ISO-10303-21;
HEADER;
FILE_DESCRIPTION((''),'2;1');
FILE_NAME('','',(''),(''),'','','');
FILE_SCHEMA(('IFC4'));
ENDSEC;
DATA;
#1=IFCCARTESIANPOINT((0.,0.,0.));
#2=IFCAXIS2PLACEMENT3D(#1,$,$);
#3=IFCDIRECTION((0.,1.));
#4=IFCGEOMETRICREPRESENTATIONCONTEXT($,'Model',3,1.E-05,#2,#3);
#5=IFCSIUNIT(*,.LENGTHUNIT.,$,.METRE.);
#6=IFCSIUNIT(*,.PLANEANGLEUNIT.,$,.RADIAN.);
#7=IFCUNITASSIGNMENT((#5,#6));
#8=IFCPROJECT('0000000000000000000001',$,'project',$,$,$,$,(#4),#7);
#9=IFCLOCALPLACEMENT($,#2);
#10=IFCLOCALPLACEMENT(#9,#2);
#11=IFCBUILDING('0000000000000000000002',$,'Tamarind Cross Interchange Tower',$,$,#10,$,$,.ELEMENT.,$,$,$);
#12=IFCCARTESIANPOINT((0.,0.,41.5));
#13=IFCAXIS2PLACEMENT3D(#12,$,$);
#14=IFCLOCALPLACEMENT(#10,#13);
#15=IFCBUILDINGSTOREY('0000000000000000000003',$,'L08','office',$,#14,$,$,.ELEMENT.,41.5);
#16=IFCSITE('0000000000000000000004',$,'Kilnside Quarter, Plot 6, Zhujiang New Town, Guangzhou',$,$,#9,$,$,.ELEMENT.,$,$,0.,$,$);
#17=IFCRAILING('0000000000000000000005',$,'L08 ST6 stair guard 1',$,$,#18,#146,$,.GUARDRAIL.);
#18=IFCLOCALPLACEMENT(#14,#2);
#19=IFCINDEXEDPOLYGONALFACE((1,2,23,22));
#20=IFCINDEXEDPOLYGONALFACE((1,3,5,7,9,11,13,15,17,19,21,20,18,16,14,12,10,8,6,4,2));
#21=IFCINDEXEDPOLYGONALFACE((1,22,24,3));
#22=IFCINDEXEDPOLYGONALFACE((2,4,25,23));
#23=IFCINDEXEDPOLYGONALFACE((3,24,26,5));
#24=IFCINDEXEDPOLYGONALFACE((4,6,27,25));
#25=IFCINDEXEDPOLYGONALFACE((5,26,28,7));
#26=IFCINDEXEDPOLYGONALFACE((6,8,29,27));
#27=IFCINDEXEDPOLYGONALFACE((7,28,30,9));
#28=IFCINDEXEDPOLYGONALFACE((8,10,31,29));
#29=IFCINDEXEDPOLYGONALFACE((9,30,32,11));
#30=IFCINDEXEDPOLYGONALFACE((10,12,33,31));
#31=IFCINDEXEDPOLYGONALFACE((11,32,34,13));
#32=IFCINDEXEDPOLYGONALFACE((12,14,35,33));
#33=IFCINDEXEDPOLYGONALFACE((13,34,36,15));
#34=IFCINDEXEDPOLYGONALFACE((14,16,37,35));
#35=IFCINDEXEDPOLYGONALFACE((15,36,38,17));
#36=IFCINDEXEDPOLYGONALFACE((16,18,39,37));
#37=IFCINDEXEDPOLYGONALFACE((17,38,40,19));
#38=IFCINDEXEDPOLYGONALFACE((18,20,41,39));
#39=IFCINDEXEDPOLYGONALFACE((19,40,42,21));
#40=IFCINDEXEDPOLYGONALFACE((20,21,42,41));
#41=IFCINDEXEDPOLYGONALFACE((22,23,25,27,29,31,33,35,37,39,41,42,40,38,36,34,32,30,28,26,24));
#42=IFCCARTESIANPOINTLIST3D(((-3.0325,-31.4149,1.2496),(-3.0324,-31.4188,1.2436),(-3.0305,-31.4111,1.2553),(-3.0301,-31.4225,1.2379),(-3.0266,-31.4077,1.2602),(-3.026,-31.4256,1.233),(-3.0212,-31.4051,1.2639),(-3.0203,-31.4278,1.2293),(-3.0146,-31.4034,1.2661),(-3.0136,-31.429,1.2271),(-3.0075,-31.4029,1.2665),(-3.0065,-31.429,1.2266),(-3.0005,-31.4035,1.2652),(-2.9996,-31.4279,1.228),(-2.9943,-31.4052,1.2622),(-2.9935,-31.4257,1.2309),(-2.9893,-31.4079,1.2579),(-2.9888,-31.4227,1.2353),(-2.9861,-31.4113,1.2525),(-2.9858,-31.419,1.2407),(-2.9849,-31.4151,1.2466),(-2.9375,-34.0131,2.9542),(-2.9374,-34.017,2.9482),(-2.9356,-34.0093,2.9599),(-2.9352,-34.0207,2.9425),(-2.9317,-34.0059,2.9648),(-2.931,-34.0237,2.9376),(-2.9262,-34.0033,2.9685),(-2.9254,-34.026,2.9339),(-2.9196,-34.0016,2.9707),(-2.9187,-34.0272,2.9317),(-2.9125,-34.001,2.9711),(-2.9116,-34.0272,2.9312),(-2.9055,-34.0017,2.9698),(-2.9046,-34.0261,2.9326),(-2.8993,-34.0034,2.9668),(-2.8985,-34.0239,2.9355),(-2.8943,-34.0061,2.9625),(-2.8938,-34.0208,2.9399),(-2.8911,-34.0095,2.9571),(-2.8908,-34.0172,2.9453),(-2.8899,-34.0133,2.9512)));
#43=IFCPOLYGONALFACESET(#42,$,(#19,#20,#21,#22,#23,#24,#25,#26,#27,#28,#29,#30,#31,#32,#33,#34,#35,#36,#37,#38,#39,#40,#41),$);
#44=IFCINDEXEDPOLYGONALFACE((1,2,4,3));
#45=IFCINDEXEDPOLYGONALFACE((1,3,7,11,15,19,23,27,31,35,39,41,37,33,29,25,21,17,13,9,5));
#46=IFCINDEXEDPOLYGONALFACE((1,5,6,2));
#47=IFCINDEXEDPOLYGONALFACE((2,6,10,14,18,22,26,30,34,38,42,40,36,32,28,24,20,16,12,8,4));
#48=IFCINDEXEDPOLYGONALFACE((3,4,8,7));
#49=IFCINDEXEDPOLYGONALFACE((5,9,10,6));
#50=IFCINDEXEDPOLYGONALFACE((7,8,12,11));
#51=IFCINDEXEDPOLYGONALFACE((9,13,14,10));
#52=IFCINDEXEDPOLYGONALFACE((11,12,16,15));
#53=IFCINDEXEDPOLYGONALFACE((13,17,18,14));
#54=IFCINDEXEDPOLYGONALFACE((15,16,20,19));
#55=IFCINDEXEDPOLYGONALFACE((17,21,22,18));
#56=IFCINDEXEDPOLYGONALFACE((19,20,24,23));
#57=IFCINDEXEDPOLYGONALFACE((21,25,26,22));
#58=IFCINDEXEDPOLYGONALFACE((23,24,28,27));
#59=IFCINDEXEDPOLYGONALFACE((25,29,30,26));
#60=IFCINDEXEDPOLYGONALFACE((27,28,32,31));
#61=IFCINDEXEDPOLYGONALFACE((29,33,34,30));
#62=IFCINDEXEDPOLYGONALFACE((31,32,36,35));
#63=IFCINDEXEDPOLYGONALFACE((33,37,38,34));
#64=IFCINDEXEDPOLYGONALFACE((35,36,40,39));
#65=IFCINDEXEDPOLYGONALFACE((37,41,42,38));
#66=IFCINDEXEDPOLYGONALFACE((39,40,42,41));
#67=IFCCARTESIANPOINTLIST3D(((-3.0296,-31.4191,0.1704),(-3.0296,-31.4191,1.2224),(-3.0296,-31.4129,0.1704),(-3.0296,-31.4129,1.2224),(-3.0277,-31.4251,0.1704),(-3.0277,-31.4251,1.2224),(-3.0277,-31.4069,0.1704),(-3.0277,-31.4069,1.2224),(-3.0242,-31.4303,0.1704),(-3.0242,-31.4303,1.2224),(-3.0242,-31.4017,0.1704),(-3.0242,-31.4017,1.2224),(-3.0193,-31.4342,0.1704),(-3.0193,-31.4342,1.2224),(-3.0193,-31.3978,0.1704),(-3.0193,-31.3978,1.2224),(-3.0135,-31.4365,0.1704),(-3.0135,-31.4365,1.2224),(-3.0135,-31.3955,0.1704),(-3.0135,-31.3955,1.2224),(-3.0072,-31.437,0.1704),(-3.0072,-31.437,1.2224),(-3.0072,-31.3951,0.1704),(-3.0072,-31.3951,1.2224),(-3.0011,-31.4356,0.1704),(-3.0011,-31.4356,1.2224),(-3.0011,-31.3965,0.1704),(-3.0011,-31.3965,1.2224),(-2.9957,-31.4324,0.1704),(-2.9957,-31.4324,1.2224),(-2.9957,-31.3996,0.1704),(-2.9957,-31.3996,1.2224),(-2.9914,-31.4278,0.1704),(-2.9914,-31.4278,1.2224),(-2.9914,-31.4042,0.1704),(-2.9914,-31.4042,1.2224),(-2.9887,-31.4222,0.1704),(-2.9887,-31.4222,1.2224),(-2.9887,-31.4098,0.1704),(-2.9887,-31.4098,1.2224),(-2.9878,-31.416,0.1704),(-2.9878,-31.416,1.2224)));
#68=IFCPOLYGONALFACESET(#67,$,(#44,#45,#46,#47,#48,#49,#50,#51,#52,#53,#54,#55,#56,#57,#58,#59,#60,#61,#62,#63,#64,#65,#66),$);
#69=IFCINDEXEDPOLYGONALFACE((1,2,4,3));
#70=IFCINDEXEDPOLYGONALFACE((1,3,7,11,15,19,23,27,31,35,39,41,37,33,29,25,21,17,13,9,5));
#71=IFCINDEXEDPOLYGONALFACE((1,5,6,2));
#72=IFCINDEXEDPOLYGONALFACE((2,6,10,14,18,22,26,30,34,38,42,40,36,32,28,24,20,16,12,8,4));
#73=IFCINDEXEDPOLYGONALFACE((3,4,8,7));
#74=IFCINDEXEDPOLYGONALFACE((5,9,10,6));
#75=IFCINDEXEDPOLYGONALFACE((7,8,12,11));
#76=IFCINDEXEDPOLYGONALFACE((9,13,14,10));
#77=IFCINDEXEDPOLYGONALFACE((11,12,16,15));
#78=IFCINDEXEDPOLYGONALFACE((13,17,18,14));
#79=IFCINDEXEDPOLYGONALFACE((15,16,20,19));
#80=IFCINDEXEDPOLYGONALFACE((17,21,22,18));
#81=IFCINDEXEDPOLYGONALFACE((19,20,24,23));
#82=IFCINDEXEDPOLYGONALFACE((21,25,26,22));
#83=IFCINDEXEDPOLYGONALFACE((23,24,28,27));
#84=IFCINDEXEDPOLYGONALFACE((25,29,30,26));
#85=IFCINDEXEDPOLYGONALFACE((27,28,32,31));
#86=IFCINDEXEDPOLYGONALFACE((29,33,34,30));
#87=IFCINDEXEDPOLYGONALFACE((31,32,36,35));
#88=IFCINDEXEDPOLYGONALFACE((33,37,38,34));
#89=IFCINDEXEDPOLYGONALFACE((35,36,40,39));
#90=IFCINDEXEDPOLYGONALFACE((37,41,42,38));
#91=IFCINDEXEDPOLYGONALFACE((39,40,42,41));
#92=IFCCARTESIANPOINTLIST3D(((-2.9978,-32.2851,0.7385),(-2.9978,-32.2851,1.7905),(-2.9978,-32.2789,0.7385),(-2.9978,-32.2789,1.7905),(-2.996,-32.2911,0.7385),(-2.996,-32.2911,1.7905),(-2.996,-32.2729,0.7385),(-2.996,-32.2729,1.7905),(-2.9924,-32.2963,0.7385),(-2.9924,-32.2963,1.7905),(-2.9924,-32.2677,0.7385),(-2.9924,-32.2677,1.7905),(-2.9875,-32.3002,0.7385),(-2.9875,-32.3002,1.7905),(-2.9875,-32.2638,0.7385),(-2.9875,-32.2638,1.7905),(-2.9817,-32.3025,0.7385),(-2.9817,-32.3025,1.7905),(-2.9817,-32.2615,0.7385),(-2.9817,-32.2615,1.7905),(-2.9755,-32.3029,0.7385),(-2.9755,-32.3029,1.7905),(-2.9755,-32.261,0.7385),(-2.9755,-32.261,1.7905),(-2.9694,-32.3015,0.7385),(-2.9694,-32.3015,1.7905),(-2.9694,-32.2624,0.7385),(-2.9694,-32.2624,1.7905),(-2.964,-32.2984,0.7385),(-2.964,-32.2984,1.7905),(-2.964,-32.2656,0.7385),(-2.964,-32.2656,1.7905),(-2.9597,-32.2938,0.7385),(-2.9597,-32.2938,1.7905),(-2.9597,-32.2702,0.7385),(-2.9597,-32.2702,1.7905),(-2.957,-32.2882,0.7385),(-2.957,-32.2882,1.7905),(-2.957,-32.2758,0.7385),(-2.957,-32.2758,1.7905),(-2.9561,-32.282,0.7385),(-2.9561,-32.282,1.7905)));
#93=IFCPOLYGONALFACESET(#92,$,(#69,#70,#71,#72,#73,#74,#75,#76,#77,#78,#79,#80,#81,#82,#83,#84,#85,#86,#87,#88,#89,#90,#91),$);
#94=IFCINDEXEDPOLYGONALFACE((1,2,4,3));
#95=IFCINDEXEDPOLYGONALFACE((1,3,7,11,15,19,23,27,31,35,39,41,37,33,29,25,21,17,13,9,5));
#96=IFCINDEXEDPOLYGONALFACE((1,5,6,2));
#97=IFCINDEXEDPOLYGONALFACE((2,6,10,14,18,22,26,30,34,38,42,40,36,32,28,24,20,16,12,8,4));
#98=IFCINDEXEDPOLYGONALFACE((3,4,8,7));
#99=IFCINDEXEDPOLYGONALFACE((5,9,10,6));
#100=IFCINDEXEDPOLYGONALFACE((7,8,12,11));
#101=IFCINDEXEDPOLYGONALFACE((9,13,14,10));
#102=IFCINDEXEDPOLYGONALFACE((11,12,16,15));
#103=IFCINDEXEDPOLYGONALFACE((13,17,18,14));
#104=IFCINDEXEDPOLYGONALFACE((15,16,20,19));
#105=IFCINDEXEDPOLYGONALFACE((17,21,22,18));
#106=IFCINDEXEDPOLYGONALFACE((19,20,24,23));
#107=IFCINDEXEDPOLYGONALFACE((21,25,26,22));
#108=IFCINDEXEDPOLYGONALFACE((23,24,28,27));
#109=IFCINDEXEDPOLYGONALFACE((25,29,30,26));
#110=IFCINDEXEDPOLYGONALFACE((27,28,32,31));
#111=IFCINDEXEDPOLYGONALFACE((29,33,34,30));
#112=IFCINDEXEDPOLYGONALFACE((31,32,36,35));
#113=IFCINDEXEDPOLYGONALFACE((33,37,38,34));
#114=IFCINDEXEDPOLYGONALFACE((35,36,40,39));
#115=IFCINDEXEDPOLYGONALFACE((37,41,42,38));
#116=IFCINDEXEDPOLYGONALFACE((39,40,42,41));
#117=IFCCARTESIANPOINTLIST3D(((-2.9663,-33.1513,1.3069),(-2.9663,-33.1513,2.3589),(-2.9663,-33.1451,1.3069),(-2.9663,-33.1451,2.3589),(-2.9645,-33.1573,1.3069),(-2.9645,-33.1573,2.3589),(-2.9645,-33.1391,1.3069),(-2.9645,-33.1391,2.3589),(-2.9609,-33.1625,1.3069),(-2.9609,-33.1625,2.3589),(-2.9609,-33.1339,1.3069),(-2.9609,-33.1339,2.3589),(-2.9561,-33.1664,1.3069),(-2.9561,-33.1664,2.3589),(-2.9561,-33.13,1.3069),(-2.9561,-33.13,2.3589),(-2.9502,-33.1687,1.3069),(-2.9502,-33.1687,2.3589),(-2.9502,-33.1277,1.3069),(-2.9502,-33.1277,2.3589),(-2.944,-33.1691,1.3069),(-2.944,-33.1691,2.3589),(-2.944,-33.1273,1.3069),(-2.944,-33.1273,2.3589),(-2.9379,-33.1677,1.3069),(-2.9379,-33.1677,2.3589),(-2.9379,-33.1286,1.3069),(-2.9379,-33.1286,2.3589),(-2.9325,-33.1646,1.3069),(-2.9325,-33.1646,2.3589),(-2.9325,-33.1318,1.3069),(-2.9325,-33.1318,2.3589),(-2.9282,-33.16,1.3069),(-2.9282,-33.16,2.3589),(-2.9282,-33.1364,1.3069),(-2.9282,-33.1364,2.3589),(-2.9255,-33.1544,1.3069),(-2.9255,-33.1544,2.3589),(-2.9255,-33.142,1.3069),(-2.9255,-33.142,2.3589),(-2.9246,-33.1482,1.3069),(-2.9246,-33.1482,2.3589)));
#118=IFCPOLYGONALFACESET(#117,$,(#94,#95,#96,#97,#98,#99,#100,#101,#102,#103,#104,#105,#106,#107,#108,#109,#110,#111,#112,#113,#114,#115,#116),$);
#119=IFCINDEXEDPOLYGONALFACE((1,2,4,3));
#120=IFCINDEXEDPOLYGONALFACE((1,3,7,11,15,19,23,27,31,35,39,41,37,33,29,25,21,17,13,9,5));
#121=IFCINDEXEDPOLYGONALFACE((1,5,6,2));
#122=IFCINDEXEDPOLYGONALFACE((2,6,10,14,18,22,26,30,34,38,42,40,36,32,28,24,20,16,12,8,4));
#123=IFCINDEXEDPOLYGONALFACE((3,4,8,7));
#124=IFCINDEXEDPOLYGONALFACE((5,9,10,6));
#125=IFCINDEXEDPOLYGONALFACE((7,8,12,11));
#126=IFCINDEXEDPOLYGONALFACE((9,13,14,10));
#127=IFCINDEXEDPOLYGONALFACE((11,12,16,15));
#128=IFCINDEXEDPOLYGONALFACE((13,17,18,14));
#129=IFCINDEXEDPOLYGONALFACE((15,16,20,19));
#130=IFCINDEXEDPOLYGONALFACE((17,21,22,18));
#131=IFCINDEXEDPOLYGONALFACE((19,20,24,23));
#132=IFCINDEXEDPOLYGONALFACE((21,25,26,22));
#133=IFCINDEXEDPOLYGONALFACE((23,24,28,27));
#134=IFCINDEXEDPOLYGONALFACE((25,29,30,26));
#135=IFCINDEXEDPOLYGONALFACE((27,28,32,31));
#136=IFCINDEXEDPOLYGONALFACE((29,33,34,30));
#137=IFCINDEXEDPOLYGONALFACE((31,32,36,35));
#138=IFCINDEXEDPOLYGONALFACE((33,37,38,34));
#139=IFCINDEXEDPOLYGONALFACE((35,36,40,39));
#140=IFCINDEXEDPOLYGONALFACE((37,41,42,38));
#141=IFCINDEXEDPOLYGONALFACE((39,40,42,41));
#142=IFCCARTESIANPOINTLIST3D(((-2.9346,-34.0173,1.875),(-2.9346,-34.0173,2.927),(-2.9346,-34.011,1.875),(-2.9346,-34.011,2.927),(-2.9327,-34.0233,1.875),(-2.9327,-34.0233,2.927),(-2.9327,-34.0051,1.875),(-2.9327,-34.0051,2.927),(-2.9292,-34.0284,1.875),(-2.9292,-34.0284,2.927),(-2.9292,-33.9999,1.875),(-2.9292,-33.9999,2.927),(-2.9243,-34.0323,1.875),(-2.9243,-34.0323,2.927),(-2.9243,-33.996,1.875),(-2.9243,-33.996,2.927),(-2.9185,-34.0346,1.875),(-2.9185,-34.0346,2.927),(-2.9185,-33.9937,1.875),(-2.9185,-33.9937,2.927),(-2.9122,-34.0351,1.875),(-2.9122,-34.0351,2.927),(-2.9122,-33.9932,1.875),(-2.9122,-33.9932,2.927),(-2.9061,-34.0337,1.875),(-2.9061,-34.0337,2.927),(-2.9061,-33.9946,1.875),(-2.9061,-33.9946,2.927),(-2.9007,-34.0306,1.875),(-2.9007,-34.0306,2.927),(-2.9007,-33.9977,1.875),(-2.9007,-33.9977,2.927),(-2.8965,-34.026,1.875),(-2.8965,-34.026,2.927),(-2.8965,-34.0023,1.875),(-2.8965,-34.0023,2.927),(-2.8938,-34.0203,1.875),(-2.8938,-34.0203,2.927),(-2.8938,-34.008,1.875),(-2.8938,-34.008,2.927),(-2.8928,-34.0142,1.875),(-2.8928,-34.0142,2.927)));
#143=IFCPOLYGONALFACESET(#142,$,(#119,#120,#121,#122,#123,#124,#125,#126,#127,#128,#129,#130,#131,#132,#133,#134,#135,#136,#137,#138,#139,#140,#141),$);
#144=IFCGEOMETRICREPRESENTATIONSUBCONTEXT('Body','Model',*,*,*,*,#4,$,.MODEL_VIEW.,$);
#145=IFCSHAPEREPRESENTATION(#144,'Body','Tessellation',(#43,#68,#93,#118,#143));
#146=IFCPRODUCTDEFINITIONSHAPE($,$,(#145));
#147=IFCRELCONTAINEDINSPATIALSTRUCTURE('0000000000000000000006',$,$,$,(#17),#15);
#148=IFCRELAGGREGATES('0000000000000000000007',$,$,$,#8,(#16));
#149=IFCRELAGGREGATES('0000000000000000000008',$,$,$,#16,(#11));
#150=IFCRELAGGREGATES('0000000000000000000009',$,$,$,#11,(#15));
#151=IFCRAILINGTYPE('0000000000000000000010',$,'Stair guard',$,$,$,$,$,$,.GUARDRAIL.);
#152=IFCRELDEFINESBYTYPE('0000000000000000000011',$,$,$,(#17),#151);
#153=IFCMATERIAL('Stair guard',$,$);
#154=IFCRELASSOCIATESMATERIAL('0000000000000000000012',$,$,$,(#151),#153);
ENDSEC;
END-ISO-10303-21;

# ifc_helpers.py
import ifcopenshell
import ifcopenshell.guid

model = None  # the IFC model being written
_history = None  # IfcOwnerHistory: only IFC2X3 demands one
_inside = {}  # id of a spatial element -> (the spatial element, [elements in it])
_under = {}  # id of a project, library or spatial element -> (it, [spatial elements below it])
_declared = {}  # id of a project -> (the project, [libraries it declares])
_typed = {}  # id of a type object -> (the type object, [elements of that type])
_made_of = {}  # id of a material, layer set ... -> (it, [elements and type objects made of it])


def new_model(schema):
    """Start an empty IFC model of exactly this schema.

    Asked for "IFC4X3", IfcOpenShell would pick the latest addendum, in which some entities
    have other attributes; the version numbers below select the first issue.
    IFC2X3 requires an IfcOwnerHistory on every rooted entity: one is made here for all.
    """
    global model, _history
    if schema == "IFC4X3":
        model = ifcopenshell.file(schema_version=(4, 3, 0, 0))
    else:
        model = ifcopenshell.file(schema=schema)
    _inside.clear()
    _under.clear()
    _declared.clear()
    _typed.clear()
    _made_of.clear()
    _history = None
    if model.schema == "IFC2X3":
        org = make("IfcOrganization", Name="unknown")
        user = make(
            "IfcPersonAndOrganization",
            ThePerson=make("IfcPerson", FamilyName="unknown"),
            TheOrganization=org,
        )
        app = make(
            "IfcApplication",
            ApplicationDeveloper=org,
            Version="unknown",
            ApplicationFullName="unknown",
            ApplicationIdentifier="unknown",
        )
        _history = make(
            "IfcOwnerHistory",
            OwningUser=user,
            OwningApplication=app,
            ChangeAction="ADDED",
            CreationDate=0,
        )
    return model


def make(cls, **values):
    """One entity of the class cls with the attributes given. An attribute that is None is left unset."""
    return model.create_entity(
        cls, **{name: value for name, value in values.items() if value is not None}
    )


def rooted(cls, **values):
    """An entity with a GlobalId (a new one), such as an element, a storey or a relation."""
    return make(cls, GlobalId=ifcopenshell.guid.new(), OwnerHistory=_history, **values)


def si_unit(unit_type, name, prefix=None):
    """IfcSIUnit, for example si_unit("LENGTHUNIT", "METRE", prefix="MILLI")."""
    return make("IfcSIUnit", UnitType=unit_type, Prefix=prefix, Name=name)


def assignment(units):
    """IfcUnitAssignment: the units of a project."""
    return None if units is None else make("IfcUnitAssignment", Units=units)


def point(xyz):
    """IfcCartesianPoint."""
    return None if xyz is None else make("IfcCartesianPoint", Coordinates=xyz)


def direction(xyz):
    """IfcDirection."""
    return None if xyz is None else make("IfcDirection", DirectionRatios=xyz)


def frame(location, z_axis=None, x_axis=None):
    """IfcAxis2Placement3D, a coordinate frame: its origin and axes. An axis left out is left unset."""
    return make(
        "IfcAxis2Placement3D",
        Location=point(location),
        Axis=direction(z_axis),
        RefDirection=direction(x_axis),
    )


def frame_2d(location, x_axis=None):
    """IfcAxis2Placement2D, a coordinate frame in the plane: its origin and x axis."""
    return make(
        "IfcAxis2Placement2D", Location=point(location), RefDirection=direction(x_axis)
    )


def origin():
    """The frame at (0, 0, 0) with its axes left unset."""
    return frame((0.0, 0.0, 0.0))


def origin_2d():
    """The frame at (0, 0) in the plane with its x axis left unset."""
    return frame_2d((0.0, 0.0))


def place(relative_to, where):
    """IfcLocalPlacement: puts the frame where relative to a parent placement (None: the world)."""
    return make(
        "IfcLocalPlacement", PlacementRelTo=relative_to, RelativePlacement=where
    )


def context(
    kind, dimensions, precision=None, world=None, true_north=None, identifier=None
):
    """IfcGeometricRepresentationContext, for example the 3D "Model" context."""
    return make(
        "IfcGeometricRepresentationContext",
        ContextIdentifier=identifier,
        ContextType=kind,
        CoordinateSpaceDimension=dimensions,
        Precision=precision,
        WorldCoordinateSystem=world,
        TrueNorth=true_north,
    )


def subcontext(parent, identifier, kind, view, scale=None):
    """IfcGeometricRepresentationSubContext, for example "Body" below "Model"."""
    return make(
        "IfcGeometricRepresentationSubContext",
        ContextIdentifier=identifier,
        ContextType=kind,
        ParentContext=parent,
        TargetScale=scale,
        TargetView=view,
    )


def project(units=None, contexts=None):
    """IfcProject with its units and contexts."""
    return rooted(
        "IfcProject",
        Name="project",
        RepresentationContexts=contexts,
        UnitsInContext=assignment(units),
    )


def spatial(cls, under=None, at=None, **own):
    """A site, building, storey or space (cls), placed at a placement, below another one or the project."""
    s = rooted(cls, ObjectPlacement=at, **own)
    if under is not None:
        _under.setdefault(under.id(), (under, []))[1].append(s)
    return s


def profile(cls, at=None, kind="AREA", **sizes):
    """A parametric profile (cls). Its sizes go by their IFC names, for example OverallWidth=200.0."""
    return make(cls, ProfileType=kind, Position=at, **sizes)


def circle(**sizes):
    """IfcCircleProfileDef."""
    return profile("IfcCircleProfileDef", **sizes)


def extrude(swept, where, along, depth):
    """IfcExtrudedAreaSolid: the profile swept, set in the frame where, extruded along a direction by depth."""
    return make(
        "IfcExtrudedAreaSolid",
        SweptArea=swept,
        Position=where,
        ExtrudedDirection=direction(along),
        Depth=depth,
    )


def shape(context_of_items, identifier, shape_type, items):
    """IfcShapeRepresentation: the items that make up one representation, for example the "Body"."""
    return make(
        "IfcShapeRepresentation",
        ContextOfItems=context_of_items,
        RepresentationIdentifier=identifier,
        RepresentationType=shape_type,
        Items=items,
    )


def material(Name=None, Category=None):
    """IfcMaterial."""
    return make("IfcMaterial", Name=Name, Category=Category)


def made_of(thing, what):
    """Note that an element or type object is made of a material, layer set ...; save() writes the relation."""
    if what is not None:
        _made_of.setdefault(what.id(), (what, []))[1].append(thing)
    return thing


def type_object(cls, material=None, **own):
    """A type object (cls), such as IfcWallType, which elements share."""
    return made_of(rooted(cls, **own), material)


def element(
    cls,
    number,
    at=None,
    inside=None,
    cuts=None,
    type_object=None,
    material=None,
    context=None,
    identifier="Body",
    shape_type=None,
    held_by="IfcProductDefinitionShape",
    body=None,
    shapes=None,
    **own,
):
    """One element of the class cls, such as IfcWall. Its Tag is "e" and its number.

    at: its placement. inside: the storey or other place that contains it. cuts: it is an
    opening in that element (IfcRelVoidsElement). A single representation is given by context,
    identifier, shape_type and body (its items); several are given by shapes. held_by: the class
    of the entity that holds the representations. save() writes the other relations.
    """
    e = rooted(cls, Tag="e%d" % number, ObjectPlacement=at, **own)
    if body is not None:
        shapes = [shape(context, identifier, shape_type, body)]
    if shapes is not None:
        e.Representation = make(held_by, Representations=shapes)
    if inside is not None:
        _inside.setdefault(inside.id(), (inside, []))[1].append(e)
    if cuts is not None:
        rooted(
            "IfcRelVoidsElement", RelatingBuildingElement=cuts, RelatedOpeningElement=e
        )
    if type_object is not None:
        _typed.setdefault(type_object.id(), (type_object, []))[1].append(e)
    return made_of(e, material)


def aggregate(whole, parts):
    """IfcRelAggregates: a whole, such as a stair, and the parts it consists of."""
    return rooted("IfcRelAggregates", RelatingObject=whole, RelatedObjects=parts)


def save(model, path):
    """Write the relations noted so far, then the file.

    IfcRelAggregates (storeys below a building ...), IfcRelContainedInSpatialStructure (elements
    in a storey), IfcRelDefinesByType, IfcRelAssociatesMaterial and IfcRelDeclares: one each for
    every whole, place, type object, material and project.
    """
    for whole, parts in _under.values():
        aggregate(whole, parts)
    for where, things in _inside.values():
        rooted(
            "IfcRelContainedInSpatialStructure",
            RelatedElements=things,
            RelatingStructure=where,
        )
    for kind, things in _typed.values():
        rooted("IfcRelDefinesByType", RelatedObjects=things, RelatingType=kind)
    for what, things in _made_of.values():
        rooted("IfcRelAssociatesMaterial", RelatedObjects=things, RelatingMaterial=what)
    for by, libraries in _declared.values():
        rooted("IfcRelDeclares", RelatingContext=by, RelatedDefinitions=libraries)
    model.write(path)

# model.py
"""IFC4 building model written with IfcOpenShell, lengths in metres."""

from ifc_helpers import new_model, si_unit, direction, frame, origin, origin_2d, place, context, subcontext, project, spatial, circle, extrude, material, type_object, element, save


model = new_model("IFC4")

# Units and contexts
model_context = context("Model", 3, precision=1e-05, world=origin(), true_north=direction((0.0, 1.0)))
body_context = subcontext(model_context, "Body", "Model", "MODEL_VIEW")
ifc_project = project(units=[si_unit("LENGTHUNIT", "METRE"), si_unit("PLANEANGLEUNIT", "RADIAN")], contexts=[model_context])

# Site, building, storey
site_placement = place(None, origin())
site = spatial("IfcSite", under=ifc_project, at=site_placement, Name="Kilnside Quarter, Plot 6, Zhujiang New Town, Guangzhou", CompositionType="ELEMENT", RefElevation=0.0)
building_placement = place(site_placement, origin())
building = spatial("IfcBuilding", under=site, at=building_placement, Name="Tamarind Cross Interchange Tower", CompositionType="ELEMENT")
storey_placement = place(building_placement, frame((0.0, 0.0, 41.5)))
storey = spatial("IfcBuildingStorey", under=building, at=storey_placement, Name="L08", Description="office", CompositionType="ELEMENT", Elevation=41.5)

# Railing
ifc_material_1 = material(Name="Stair guard")
railing_type_1 = type_object("IfcRailingType", Name="Stair guard", PredefinedType="GUARDRAIL", material=ifc_material_1)
railing_1_placement = place(storey_placement, frame((-3.0088, -31.416, 0.1704)))
element("IfcRailing", 1, at=railing_1_placement, inside=storey, type_object=railing_type_1, Name="L08 ST6 stair guard 1", PredefinedType="GUARDRAIL", context=body_context, shape_type="SweptSolid", body=[
    extrude(circle(Radius=0.0239, at=origin_2d()), frame((0.0, 0.0, 1.0762), z_axis=(0.030548, -0.835723, 0.548301), x_axis=(0.999333, 0.036529, 0.0)), (0.0, 0.0, 1.0), 3.1089),
    extrude(circle(Radius=0.021, at=origin_2d()), origin(), (0.0, 0.0, 1.0), 1.052),
    extrude(circle(Radius=0.021, at=origin_2d()), frame((0.0317, -0.866, 0.5681)), (0.0, 0.0, 1.0), 1.052),
    extrude(circle(Radius=0.021, at=origin_2d()), frame((0.0632, -1.7322, 1.1365)), (0.0, 0.0, 1.0), 1.052),
    extrude(circle(Radius=0.021, at=origin_2d()), frame((0.095, -2.5981, 1.7046)), (0.0, 0.0, 1.0), 1.052),
])

save(model, "model.ifc")
